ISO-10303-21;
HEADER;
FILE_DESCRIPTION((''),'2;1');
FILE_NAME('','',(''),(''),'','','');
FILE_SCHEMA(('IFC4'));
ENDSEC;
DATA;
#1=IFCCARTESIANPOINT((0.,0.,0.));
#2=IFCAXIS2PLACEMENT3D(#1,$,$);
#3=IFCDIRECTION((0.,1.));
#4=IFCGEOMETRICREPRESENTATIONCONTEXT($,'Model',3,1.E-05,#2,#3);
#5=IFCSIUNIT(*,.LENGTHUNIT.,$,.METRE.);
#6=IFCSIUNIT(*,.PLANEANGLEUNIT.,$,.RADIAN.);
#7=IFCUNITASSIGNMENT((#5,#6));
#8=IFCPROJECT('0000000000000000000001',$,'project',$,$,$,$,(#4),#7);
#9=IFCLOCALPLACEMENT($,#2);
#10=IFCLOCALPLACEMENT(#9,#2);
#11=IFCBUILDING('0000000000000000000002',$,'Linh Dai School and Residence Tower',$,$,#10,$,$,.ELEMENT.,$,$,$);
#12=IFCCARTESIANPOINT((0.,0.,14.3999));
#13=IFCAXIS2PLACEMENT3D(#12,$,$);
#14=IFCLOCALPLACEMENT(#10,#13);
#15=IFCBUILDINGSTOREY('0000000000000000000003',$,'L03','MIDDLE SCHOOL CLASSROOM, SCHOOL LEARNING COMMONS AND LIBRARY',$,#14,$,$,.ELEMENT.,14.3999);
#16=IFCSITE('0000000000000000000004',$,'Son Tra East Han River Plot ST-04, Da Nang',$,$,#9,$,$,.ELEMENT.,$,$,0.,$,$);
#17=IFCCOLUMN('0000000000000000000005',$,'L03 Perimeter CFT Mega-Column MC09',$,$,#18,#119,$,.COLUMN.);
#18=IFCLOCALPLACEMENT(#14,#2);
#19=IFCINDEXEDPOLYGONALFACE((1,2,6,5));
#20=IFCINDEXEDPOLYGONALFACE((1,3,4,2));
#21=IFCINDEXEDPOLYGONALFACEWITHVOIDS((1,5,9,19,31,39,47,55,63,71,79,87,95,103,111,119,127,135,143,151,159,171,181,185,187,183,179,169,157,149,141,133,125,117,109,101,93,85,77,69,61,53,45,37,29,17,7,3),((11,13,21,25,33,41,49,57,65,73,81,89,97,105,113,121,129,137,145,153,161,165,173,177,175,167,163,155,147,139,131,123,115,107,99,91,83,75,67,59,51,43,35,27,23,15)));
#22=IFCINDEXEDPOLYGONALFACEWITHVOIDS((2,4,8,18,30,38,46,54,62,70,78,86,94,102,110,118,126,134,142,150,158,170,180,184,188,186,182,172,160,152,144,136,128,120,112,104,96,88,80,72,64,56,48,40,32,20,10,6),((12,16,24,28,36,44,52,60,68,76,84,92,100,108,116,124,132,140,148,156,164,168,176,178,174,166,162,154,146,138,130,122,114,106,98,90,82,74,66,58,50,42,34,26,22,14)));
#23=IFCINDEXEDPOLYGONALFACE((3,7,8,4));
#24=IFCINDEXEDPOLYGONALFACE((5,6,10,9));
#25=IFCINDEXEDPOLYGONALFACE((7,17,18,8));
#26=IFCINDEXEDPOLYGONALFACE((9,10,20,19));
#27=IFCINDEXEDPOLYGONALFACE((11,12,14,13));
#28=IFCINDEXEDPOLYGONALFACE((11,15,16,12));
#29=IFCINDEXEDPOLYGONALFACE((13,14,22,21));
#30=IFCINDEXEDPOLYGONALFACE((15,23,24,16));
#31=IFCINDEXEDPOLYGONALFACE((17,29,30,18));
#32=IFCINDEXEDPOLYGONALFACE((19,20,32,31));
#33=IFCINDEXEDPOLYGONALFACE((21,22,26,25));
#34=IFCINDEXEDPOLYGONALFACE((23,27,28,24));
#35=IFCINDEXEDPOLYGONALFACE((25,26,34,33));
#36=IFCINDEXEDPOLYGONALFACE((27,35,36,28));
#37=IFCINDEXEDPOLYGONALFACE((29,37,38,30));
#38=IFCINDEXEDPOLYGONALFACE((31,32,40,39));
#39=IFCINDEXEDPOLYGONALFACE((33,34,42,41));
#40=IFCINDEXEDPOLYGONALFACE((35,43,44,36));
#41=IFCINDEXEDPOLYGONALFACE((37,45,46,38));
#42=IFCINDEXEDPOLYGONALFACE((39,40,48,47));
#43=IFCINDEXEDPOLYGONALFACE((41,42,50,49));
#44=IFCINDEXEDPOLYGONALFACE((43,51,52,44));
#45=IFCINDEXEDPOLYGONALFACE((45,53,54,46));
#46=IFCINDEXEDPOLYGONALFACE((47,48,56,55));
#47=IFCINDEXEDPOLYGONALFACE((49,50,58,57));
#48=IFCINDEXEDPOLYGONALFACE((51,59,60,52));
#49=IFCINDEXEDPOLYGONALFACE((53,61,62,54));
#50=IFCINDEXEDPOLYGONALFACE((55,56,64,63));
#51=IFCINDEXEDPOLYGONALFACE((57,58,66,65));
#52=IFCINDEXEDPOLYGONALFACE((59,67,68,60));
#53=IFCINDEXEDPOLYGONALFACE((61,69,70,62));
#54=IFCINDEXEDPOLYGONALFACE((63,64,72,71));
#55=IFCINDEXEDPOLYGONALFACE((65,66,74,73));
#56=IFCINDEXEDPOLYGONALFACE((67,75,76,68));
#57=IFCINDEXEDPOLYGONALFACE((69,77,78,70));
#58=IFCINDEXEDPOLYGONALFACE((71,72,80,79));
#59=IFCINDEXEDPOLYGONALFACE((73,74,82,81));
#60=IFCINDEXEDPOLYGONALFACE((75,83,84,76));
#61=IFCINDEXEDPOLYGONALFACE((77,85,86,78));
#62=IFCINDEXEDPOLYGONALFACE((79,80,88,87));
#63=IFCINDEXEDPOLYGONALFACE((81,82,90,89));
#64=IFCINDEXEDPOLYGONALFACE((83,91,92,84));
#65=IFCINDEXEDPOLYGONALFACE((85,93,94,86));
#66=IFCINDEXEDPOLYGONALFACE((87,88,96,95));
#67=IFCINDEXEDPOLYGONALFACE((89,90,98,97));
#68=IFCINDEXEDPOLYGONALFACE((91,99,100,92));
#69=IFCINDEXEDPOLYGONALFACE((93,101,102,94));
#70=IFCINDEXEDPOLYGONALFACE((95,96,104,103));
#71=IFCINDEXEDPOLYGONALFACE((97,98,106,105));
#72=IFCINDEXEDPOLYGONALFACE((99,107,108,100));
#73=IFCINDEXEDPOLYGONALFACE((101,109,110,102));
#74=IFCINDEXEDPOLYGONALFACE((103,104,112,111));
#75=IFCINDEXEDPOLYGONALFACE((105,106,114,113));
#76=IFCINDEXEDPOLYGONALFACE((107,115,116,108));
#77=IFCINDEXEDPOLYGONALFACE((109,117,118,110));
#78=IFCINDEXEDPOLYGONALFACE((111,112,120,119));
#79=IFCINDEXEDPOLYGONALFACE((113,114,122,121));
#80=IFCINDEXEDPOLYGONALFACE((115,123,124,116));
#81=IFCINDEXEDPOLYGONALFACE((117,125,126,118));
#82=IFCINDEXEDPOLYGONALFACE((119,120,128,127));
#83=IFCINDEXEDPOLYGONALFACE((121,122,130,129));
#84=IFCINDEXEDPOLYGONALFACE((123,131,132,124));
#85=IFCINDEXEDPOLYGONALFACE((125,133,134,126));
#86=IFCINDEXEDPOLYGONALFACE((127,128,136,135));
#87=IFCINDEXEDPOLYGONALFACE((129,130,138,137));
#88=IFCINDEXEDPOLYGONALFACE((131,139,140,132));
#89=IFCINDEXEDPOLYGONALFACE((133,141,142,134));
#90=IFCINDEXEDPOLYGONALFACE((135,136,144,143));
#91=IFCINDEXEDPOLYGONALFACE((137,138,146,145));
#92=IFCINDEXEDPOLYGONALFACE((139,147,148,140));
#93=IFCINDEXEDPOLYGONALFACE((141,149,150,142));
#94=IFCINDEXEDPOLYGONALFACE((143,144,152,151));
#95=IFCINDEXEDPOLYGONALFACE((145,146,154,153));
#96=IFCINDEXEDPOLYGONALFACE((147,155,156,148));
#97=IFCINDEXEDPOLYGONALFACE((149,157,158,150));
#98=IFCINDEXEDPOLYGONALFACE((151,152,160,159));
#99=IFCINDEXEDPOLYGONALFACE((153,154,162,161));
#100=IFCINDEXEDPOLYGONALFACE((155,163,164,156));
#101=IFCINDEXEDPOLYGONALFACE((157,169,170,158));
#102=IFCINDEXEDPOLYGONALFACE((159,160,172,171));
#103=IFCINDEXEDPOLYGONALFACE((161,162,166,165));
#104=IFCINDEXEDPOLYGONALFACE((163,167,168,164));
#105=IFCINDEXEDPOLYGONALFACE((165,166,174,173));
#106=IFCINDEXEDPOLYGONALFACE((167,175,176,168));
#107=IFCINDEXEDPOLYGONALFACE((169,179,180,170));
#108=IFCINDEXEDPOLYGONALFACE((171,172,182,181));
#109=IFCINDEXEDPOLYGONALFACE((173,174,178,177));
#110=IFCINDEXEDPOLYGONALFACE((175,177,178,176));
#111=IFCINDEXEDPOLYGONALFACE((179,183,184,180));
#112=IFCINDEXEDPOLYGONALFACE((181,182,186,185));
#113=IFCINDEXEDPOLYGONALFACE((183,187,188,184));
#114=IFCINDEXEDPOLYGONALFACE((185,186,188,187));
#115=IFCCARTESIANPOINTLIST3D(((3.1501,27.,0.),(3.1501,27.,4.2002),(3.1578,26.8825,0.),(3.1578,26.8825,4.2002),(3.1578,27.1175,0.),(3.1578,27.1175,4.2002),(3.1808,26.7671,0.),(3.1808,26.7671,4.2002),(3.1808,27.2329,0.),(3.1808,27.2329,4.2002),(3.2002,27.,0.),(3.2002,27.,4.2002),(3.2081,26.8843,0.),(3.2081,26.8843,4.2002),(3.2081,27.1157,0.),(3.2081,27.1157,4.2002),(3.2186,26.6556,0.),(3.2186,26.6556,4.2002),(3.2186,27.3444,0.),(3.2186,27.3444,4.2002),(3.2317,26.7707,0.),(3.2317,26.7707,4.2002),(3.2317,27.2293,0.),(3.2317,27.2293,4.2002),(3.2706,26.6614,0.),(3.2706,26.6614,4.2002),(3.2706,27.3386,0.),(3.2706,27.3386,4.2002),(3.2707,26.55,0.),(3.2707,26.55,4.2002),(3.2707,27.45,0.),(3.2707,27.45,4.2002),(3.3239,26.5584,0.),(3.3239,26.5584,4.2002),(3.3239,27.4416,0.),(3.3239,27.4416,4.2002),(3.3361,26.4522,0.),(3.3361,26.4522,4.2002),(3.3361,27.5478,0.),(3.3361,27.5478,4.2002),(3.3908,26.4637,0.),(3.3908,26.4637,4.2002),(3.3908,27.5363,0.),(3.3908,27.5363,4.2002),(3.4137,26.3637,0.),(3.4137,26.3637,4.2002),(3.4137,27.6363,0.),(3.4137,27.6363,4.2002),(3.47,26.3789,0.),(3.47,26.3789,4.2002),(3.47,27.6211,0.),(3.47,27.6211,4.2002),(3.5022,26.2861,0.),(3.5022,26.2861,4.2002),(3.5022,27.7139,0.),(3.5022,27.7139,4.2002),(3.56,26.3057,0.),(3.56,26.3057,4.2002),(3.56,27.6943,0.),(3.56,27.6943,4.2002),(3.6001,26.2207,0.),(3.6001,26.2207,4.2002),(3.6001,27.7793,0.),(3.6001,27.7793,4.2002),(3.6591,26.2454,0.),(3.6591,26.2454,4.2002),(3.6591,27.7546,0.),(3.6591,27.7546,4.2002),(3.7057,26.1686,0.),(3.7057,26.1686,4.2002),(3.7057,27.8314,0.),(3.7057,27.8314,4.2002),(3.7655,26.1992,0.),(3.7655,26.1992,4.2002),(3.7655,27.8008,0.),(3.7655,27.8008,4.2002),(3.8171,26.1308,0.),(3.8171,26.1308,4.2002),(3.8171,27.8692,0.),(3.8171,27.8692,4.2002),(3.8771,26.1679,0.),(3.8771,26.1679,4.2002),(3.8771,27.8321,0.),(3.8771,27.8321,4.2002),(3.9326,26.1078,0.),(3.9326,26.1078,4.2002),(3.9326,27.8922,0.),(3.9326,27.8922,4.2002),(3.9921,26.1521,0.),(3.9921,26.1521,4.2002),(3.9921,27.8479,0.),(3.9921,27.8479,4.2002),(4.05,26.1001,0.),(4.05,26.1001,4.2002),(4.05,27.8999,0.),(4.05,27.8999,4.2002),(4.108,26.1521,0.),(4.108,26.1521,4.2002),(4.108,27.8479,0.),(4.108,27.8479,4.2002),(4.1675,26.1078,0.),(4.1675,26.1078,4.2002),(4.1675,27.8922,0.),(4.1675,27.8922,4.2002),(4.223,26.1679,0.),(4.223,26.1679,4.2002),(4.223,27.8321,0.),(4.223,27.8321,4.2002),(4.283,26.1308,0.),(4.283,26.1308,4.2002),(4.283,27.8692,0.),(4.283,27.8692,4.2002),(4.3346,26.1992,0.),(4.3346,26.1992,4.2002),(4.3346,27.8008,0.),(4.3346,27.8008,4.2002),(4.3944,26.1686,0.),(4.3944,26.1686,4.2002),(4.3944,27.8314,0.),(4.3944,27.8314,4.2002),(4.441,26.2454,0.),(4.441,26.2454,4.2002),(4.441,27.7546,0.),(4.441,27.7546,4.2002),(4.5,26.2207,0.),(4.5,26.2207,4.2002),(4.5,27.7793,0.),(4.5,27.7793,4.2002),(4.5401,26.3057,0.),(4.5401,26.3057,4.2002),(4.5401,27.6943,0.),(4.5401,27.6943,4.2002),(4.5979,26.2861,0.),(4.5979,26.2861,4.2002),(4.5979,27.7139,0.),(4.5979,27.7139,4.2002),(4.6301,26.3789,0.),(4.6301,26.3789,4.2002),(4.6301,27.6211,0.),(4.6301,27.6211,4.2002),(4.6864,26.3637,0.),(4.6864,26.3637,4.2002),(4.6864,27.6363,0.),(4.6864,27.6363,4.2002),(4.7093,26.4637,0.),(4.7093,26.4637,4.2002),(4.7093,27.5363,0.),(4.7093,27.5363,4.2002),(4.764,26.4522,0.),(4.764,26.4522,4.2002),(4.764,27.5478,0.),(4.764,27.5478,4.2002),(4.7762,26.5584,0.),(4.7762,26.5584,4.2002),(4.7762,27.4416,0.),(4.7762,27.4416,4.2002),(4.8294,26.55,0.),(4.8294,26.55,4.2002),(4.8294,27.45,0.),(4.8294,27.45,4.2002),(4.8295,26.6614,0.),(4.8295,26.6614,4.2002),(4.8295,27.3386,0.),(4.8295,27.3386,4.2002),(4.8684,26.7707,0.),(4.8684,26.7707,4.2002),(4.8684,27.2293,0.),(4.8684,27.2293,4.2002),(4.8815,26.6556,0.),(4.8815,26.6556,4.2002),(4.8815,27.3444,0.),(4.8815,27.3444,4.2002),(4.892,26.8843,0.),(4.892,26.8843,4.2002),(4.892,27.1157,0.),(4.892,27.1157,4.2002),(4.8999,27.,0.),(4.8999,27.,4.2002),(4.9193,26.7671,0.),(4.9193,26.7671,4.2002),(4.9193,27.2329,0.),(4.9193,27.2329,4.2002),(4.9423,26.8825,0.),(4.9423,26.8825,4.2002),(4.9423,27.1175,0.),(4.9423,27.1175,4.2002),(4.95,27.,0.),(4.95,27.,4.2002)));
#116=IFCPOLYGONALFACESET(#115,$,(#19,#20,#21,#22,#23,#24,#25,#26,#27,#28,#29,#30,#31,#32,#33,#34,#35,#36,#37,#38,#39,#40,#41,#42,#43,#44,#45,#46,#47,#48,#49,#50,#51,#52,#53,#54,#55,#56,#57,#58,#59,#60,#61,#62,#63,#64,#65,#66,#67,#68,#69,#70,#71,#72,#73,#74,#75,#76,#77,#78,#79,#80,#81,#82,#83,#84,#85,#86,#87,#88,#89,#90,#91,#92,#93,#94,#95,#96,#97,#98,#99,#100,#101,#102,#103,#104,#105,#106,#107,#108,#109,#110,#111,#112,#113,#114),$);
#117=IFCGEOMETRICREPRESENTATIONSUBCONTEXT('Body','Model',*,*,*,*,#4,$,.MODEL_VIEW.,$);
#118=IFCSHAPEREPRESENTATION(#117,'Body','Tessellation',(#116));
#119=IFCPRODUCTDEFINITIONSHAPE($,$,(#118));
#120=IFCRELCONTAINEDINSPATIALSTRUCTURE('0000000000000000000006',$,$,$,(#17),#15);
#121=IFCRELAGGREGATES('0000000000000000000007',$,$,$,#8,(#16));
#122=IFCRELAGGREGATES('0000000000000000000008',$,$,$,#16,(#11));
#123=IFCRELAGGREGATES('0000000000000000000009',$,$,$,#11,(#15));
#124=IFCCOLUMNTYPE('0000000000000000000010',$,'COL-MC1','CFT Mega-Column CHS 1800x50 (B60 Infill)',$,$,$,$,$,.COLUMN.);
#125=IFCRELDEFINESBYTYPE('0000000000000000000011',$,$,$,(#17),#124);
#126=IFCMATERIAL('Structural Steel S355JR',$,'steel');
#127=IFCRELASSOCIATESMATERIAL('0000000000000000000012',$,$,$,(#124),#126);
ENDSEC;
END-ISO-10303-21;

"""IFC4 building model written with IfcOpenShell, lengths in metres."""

from ifc_helpers import new_model, si_unit, direction, frame, origin, origin_2d, place, context, subcontext, project, spatial, hollow_circle, extrude, material, material_profile, profile_set, type_object, element, save


model = new_model("IFC4")

# Units and contexts
model_context = context("Model", 3, precision=1e-05, world=origin(), true_north=direction((0.0, 1.0)))
body_context = subcontext(model_context, "Body", "Model", "MODEL_VIEW")
ifc_project = project(units=[si_unit("LENGTHUNIT", "METRE"), si_unit("PLANEANGLEUNIT", "RADIAN")], contexts=[model_context])

# Site, building, storey
site_placement = place(None, origin())
site = spatial("IfcSite", under=ifc_project, at=site_placement, Name="Son Tra East Han River Plot ST-04, Da Nang", CompositionType="ELEMENT", RefElevation=0.0)
building_placement = place(site_placement, origin())
building = spatial("IfcBuilding", under=site, at=building_placement, Name="Linh Dai School and Residence Tower", CompositionType="ELEMENT")
storey_placement = place(building_placement, frame((0.0, 0.0, 14.3999)))
storey = spatial("IfcBuildingStorey", under=building, at=storey_placement, Name="L03", Description="MIDDLE SCHOOL CLASSROOM, SCHOOL LEARNING COMMONS AND LIBRARY", CompositionType="ELEMENT", Elevation=14.3999)

# Column
ifc_material_1 = material(Name="Structural Steel S355JR", Category="steel")
ifc_material_profile_1 = material_profile(ifc_material_1, hollow_circle(Radius=0.8999, WallThickness=0.05, at=origin_2d()), Name="CHS 1800x50")
ifc_profile_set_1 = profile_set([ifc_material_profile_1], Name="Structural Steel S355JR")
column_type = type_object("IfcColumnType", Name="COL-MC1", Description="CFT Mega-Column CHS 1800x50 (B60 Infill)", PredefinedType="COLUMN", material=ifc_profile_set_1)
for number, where, z_axis, x_axis, name in (
    (1, (4.05, 27.0, 0.0), (0.0, 0.0, 1.0), (1.0, 0.0, 0.0), "L03 Perimeter CFT Mega-Column MC09"),
):
    element("IfcColumn", number, at=place(storey_placement, frame(where, z_axis=z_axis, x_axis=x_axis)), inside=storey, type_object=column_type, Name=name, PredefinedType="COLUMN", context=body_context, shape_type="SweptSolid", body=[
        extrude(hollow_circle(Radius=0.8999, WallThickness=0.05, at=origin_2d()), origin(), (0.0, 0.0, 1.0), 4.2002),
    ])

save(model, "model.ifc")
